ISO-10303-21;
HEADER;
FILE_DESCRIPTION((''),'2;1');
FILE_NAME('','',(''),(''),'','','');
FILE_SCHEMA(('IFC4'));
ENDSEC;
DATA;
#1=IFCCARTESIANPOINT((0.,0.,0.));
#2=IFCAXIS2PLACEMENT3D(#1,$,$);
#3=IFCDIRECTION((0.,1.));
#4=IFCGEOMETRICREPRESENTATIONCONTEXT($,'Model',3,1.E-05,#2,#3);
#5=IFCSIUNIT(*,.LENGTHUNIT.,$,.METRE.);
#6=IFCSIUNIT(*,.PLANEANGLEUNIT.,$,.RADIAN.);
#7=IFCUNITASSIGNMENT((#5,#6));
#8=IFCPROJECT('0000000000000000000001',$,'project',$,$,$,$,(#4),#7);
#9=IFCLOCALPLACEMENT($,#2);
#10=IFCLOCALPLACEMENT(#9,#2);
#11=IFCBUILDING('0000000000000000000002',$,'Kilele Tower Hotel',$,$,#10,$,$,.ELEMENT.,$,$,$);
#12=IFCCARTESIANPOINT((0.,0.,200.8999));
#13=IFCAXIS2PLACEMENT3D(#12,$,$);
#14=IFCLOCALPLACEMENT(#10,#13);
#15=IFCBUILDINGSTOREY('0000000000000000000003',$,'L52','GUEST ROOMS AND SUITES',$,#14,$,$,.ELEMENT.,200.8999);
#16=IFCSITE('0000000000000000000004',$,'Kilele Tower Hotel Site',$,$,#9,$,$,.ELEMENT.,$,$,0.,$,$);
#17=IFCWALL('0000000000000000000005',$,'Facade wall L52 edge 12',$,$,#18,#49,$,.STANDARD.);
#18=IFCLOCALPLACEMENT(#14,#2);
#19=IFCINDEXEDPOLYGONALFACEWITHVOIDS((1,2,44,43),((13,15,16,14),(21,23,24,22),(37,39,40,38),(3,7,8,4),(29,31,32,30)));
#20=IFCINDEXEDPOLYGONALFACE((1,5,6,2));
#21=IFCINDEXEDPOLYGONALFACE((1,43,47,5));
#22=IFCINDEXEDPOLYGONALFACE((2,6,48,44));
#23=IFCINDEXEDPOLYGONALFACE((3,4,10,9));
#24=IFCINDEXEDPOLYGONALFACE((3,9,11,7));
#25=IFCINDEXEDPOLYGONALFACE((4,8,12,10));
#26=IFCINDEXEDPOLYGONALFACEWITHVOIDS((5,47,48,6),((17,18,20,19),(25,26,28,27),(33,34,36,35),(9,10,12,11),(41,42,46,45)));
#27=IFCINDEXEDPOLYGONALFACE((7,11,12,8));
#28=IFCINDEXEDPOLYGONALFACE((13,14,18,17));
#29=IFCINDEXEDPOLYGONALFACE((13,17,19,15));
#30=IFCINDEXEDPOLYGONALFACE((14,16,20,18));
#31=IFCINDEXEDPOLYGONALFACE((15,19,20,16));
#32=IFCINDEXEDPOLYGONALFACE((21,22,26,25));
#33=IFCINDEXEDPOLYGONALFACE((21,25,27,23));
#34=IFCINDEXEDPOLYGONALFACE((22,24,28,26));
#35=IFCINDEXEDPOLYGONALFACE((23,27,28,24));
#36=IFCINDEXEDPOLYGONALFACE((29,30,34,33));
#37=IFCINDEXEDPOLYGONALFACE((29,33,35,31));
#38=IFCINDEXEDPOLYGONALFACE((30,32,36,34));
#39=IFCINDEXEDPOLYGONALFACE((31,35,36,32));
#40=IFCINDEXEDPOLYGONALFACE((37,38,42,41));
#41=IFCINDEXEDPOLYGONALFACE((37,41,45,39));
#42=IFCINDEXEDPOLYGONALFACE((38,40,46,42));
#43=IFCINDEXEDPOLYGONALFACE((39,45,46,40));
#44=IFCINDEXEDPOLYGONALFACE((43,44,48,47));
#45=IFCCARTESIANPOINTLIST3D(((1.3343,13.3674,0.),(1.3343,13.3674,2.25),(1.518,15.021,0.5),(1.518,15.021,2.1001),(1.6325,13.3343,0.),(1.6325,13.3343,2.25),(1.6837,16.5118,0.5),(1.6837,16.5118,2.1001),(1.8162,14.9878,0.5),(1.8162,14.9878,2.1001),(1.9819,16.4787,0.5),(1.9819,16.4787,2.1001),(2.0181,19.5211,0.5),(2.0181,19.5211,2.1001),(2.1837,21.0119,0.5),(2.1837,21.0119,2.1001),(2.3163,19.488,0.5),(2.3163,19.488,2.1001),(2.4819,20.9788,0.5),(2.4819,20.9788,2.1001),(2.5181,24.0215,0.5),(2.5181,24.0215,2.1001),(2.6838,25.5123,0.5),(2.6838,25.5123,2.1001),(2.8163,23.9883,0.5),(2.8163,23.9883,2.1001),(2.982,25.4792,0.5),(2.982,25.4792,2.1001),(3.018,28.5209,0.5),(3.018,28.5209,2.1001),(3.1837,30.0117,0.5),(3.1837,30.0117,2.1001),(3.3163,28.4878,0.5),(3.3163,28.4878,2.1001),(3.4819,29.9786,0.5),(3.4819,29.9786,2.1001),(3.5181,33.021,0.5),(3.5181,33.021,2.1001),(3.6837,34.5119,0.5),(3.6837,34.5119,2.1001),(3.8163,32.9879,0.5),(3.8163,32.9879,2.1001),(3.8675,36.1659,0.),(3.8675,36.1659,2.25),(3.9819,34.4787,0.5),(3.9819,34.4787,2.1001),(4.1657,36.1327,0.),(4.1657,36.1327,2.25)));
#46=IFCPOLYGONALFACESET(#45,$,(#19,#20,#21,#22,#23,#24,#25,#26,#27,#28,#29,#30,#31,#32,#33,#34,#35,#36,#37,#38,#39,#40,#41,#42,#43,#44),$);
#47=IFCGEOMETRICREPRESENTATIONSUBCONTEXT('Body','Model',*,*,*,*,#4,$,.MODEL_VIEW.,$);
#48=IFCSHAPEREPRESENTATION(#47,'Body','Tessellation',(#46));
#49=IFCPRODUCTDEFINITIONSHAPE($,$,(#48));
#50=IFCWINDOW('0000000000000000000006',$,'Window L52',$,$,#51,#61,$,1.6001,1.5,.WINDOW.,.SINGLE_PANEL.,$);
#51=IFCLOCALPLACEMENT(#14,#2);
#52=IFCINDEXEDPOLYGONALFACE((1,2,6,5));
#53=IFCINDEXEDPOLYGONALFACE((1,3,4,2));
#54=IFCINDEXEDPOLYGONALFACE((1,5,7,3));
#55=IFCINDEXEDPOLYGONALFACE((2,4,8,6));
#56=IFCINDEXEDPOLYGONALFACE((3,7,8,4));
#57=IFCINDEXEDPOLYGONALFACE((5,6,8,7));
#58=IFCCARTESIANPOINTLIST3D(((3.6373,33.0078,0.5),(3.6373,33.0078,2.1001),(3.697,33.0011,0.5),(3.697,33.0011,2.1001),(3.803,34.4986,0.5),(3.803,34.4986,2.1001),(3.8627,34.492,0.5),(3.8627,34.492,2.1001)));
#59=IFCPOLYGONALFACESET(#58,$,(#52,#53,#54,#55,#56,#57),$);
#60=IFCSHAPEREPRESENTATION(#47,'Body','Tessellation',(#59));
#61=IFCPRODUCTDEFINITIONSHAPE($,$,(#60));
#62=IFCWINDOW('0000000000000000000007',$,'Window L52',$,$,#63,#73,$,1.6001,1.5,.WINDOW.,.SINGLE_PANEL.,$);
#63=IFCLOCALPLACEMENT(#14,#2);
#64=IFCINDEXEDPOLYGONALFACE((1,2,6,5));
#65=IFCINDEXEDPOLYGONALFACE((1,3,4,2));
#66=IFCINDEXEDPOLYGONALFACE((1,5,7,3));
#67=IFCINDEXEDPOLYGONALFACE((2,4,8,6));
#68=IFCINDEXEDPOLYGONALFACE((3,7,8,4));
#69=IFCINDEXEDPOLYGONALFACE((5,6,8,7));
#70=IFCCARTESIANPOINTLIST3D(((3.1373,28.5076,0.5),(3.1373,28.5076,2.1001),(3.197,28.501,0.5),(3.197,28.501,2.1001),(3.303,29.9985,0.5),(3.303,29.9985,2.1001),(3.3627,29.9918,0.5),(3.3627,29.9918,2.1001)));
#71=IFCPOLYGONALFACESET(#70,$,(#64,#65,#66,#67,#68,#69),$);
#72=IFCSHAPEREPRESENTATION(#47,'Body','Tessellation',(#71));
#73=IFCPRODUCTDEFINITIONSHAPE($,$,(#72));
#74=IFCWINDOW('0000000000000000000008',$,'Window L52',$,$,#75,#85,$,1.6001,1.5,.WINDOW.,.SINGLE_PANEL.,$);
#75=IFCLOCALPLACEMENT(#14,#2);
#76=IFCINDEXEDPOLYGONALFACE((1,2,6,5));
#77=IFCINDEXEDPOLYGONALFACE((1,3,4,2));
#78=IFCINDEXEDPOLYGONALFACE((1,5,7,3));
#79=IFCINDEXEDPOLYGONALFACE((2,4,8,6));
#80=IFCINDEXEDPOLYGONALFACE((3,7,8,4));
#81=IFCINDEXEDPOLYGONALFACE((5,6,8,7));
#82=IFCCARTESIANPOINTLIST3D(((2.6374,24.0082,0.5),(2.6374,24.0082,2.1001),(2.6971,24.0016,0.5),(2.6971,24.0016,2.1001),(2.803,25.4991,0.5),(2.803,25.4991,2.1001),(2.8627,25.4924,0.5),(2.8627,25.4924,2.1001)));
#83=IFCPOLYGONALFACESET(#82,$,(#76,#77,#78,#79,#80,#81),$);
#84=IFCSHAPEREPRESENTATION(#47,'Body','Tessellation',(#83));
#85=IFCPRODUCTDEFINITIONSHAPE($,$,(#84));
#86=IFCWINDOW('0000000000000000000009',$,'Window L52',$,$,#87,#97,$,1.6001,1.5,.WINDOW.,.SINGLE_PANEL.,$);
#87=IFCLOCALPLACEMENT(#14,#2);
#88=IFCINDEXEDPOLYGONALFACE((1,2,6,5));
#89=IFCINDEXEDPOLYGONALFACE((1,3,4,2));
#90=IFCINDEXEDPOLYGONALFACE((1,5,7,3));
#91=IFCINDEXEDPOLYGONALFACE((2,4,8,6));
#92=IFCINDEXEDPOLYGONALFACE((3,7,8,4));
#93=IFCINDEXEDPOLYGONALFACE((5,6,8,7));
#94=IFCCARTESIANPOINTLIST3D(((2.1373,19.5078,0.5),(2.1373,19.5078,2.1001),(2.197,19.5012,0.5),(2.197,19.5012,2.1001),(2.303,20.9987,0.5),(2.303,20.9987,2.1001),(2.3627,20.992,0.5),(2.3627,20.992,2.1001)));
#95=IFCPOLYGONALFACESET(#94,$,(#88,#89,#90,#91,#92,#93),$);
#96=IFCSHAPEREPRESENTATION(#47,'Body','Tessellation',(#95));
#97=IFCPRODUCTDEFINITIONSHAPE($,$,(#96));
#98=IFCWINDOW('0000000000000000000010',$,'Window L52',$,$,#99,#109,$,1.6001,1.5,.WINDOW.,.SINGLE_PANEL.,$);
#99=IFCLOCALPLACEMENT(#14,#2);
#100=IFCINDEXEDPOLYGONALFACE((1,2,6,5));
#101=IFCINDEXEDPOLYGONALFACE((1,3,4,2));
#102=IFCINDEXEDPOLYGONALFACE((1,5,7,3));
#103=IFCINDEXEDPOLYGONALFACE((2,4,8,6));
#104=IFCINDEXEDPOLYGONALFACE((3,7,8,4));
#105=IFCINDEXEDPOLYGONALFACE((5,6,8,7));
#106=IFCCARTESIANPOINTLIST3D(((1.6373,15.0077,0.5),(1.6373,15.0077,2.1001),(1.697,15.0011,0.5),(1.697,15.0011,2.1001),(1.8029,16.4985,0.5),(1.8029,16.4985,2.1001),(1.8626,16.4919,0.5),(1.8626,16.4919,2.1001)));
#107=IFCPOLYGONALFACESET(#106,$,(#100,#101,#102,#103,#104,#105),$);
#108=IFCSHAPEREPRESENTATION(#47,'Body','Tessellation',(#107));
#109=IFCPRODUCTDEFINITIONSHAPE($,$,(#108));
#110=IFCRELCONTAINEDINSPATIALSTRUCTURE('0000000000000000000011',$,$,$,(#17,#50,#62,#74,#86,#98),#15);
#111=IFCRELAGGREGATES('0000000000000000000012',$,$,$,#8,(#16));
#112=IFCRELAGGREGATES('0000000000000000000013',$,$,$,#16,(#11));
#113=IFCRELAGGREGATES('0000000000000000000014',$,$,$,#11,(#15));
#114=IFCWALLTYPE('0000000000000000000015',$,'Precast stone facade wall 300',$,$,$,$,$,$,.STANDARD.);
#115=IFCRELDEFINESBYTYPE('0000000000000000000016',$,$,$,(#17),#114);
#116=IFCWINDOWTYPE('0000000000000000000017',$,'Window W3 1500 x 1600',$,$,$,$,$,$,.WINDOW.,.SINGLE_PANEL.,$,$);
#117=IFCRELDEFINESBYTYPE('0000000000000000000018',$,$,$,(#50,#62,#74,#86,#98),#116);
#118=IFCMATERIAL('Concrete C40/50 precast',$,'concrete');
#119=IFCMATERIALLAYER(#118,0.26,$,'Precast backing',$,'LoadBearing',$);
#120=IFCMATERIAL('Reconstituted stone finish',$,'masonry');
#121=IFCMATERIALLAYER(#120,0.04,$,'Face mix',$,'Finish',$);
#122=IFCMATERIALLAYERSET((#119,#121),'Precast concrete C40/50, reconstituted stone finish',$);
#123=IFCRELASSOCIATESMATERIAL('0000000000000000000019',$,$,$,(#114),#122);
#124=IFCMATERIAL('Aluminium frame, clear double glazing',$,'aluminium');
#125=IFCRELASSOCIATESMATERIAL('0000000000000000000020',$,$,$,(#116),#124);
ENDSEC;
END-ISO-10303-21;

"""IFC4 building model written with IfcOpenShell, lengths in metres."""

from ifc_helpers import new_model, si_unit, direction, frame, frame_2d, origin, place, context, subcontext, project, spatial, rectangle, extrude, material, layer, layer_set, type_object, element, fill, save


model = new_model("IFC4")

# Units and contexts
model_context = context("Model", 3, precision=1e-05, world=origin(), true_north=direction((0.0, 1.0)))
body_context = subcontext(model_context, "Body", "Model", "MODEL_VIEW")
ifc_project = project(units=[si_unit("LENGTHUNIT", "METRE"), si_unit("PLANEANGLEUNIT", "RADIAN")], contexts=[model_context])

# Site, building, storey
site_placement = place(None, origin())
site = spatial("IfcSite", under=ifc_project, at=site_placement, Name="Kilele Tower Hotel Site", CompositionType="ELEMENT", RefElevation=0.0)
building_placement = place(site_placement, origin())
building = spatial("IfcBuilding", under=site, at=building_placement, Name="Kilele Tower Hotel", CompositionType="ELEMENT")
storey_placement = place(building_placement, frame((0.0, 0.0, 200.8999)))
storey = spatial("IfcBuildingStorey", under=building, at=storey_placement, Name="L52", Description="GUEST ROOMS AND SUITES", CompositionType="ELEMENT", Elevation=200.8999)

# Shared definitions
ifc_material_1 = material(Name="Concrete C40/50 precast", Category="concrete")
ifc_layer_1 = layer(ifc_material_1, 0.26, Name="Precast backing", Category="LoadBearing")
ifc_material_2 = material(Name="Reconstituted stone finish", Category="masonry")
ifc_layer_2 = layer(ifc_material_2, 0.04, Name="Face mix", Category="Finish")
ifc_layer_set_1 = layer_set([ifc_layer_1, ifc_layer_2], Name="Precast concrete C40/50, reconstituted stone finish")
wall_type_1 = type_object("IfcWallType", Name="Precast stone facade wall 300", PredefinedType="STANDARD", material=ifc_layer_set_1)

# Wall, openings, windows
wall_1_placement = place(storey_placement, frame((4.0166, 36.1492, 0.0), z_axis=(0.0, 0.0, 1.0), x_axis=(-0.110434, -0.993883, 0.0)))
wall_1 = element("IfcWall", 1, at=wall_1_placement, inside=storey, type_object=wall_type_1, Name="Facade wall L52 edge 12", PredefinedType="STANDARD", context=body_context, shape_type="SweptSolid", body=[
    extrude(rectangle(XDim=22.9387, YDim=0.3, at=frame_2d((11.4692, 0.0))), origin(), (0.0, 0.0, 1.0), 2.25),
])
opening_1_placement = place(wall_1_placement, frame((1.6641, 0.0, 0.5)))
opening_1 = element("IfcOpeningElement", 2, at=opening_1_placement, cuts=wall_1, PredefinedType="OPENING", context=body_context, shape_type="SweptSolid", body=[
    extrude(rectangle(XDim=1.5, YDim=1.6001, at=frame_2d((0.75, 0.8))), frame((0.0, 0.1599, 0.0), z_axis=(0.0, -1.0, 0.0), x_axis=(1.0, 0.0, 0.0)), (0.0, 0.0, 1.0), 0.3201),
])
opening_2_placement = place(wall_1_placement, frame((6.1919, 0.0, 0.5)))
opening_2 = element("IfcOpeningElement", 3, at=opening_2_placement, cuts=wall_1, PredefinedType="OPENING", context=body_context, shape_type="SweptSolid", body=[
    extrude(rectangle(XDim=1.5, YDim=1.6001, at=frame_2d((0.75, 0.8))), frame((0.0, 0.1599, 0.0), z_axis=(0.0, -1.0, 0.0), x_axis=(1.0, 0.0, 0.0)), (0.0, 0.0, 1.0), 0.3201),
])
opening_3_placement = place(wall_1_placement, frame((10.719, 0.0, 0.5)))
opening_3 = element("IfcOpeningElement", 4, at=opening_3_placement, cuts=wall_1, PredefinedType="OPENING", context=body_context, shape_type="SweptSolid", body=[
    extrude(rectangle(XDim=1.5, YDim=1.6001, at=frame_2d((0.75, 0.8))), frame((0.0, 0.1599, 0.0), z_axis=(0.0, -1.0, 0.0), x_axis=(1.0, 0.0, 0.0)), (0.0, 0.0, 1.0), 0.3201),
])
opening_4_placement = place(wall_1_placement, frame((15.2471, 0.0, 0.5)))
opening_4 = element("IfcOpeningElement", 5, at=opening_4_placement, cuts=wall_1, PredefinedType="OPENING", context=body_context, shape_type="SweptSolid", body=[
    extrude(rectangle(XDim=1.5, YDim=1.6001, at=frame_2d((0.75, 0.8))), frame((0.0, 0.1599, 0.0), z_axis=(0.0, -1.0, 0.0), x_axis=(1.0, 0.0, 0.0)), (0.0, 0.0, 1.0), 0.3201),
])
opening_5_placement = place(wall_1_placement, frame((19.7749, 0.0, 0.5)))
opening_5 = element("IfcOpeningElement", 6, at=opening_5_placement, cuts=wall_1, PredefinedType="OPENING", context=body_context, shape_type="SweptSolid", body=[
    extrude(rectangle(XDim=1.5, YDim=1.6001, at=frame_2d((0.75, 0.8))), frame((0.0, 0.1599, 0.0), z_axis=(0.0, -1.0, 0.0), x_axis=(1.0, 0.0, 0.0)), (0.0, 0.0, 1.0), 0.3201),
])
ifc_material_3 = material(Name="Aluminium frame, clear double glazing", Category="aluminium")
window_type_1 = type_object("IfcWindowType", Name="Window W3 1500 x 1600", PartitioningType="SINGLE_PANEL", PredefinedType="WINDOW", material=ifc_material_3)
window_1_placement = place(opening_1_placement, origin())
window_1 = element("IfcWindow", 7, at=window_1_placement, inside=storey, type_object=window_type_1, Name="Window L52", OverallHeight=1.6001, OverallWidth=1.5, PartitioningType="SINGLE_PANEL", PredefinedType="WINDOW", context=body_context, shape_type="SweptSolid", body=[
    extrude(rectangle(XDim=1.5, YDim=1.6001, at=frame_2d((0.75, 0.8))), frame((0.0, 0.03, 0.0), z_axis=(0.0, -1.0, 0.0), x_axis=(1.0, 0.0, 0.0)), (0.0, 0.0, 1.0), 0.0601),
])
fill(opening_1, window_1)
window_2_placement = place(opening_2_placement, origin())
window_2 = element("IfcWindow", 8, at=window_2_placement, inside=storey, type_object=window_type_1, Name="Window L52", OverallHeight=1.6001, OverallWidth=1.5, PartitioningType="SINGLE_PANEL", PredefinedType="WINDOW", context=body_context, shape_type="SweptSolid", body=[
    extrude(rectangle(XDim=1.5, YDim=1.6001, at=frame_2d((0.75, 0.8))), frame((0.0, 0.03, 0.0), z_axis=(0.0, -1.0, 0.0), x_axis=(1.0, 0.0, 0.0)), (0.0, 0.0, 1.0), 0.0601),
])
fill(opening_2, window_2)
window_3_placement = place(opening_3_placement, origin())
window_3 = element("IfcWindow", 9, at=window_3_placement, inside=storey, type_object=window_type_1, Name="Window L52", OverallHeight=1.6001, OverallWidth=1.5, PartitioningType="SINGLE_PANEL", PredefinedType="WINDOW", context=body_context, shape_type="SweptSolid", body=[
    extrude(rectangle(XDim=1.5, YDim=1.6001, at=frame_2d((0.75, 0.8))), frame((0.0, 0.03, 0.0), z_axis=(0.0, -1.0, 0.0), x_axis=(1.0, 0.0, 0.0)), (0.0, 0.0, 1.0), 0.0601),
])
fill(opening_3, window_3)
window_4_placement = place(opening_4_placement, origin())
window_4 = element("IfcWindow", 10, at=window_4_placement, inside=storey, type_object=window_type_1, Name="Window L52", OverallHeight=1.6001, OverallWidth=1.5, PartitioningType="SINGLE_PANEL", PredefinedType="WINDOW", context=body_context, shape_type="SweptSolid", body=[
    extrude(rectangle(XDim=1.5, YDim=1.6001, at=frame_2d((0.75, 0.8))), frame((0.0, 0.03, 0.0), z_axis=(0.0, -1.0, 0.0), x_axis=(1.0, 0.0, 0.0)), (0.0, 0.0, 1.0), 0.0601),
])
fill(opening_4, window_4)
window_5_placement = place(opening_5_placement, origin())
window_5 = element("IfcWindow", 11, at=window_5_placement, inside=storey, type_object=window_type_1, Name="Window L52", OverallHeight=1.6001, OverallWidth=1.5, PartitioningType="SINGLE_PANEL", PredefinedType="WINDOW", context=body_context, shape_type="SweptSolid", body=[
    extrude(rectangle(XDim=1.5, YDim=1.6001, at=frame_2d((0.75, 0.8))), frame((0.0, 0.03, 0.0), z_axis=(0.0, -1.0, 0.0), x_axis=(1.0, 0.0, 0.0)), (0.0, 0.0, 1.0), 0.0601),
])
fill(opening_5, window_5)

save(model, "model.ifc")
